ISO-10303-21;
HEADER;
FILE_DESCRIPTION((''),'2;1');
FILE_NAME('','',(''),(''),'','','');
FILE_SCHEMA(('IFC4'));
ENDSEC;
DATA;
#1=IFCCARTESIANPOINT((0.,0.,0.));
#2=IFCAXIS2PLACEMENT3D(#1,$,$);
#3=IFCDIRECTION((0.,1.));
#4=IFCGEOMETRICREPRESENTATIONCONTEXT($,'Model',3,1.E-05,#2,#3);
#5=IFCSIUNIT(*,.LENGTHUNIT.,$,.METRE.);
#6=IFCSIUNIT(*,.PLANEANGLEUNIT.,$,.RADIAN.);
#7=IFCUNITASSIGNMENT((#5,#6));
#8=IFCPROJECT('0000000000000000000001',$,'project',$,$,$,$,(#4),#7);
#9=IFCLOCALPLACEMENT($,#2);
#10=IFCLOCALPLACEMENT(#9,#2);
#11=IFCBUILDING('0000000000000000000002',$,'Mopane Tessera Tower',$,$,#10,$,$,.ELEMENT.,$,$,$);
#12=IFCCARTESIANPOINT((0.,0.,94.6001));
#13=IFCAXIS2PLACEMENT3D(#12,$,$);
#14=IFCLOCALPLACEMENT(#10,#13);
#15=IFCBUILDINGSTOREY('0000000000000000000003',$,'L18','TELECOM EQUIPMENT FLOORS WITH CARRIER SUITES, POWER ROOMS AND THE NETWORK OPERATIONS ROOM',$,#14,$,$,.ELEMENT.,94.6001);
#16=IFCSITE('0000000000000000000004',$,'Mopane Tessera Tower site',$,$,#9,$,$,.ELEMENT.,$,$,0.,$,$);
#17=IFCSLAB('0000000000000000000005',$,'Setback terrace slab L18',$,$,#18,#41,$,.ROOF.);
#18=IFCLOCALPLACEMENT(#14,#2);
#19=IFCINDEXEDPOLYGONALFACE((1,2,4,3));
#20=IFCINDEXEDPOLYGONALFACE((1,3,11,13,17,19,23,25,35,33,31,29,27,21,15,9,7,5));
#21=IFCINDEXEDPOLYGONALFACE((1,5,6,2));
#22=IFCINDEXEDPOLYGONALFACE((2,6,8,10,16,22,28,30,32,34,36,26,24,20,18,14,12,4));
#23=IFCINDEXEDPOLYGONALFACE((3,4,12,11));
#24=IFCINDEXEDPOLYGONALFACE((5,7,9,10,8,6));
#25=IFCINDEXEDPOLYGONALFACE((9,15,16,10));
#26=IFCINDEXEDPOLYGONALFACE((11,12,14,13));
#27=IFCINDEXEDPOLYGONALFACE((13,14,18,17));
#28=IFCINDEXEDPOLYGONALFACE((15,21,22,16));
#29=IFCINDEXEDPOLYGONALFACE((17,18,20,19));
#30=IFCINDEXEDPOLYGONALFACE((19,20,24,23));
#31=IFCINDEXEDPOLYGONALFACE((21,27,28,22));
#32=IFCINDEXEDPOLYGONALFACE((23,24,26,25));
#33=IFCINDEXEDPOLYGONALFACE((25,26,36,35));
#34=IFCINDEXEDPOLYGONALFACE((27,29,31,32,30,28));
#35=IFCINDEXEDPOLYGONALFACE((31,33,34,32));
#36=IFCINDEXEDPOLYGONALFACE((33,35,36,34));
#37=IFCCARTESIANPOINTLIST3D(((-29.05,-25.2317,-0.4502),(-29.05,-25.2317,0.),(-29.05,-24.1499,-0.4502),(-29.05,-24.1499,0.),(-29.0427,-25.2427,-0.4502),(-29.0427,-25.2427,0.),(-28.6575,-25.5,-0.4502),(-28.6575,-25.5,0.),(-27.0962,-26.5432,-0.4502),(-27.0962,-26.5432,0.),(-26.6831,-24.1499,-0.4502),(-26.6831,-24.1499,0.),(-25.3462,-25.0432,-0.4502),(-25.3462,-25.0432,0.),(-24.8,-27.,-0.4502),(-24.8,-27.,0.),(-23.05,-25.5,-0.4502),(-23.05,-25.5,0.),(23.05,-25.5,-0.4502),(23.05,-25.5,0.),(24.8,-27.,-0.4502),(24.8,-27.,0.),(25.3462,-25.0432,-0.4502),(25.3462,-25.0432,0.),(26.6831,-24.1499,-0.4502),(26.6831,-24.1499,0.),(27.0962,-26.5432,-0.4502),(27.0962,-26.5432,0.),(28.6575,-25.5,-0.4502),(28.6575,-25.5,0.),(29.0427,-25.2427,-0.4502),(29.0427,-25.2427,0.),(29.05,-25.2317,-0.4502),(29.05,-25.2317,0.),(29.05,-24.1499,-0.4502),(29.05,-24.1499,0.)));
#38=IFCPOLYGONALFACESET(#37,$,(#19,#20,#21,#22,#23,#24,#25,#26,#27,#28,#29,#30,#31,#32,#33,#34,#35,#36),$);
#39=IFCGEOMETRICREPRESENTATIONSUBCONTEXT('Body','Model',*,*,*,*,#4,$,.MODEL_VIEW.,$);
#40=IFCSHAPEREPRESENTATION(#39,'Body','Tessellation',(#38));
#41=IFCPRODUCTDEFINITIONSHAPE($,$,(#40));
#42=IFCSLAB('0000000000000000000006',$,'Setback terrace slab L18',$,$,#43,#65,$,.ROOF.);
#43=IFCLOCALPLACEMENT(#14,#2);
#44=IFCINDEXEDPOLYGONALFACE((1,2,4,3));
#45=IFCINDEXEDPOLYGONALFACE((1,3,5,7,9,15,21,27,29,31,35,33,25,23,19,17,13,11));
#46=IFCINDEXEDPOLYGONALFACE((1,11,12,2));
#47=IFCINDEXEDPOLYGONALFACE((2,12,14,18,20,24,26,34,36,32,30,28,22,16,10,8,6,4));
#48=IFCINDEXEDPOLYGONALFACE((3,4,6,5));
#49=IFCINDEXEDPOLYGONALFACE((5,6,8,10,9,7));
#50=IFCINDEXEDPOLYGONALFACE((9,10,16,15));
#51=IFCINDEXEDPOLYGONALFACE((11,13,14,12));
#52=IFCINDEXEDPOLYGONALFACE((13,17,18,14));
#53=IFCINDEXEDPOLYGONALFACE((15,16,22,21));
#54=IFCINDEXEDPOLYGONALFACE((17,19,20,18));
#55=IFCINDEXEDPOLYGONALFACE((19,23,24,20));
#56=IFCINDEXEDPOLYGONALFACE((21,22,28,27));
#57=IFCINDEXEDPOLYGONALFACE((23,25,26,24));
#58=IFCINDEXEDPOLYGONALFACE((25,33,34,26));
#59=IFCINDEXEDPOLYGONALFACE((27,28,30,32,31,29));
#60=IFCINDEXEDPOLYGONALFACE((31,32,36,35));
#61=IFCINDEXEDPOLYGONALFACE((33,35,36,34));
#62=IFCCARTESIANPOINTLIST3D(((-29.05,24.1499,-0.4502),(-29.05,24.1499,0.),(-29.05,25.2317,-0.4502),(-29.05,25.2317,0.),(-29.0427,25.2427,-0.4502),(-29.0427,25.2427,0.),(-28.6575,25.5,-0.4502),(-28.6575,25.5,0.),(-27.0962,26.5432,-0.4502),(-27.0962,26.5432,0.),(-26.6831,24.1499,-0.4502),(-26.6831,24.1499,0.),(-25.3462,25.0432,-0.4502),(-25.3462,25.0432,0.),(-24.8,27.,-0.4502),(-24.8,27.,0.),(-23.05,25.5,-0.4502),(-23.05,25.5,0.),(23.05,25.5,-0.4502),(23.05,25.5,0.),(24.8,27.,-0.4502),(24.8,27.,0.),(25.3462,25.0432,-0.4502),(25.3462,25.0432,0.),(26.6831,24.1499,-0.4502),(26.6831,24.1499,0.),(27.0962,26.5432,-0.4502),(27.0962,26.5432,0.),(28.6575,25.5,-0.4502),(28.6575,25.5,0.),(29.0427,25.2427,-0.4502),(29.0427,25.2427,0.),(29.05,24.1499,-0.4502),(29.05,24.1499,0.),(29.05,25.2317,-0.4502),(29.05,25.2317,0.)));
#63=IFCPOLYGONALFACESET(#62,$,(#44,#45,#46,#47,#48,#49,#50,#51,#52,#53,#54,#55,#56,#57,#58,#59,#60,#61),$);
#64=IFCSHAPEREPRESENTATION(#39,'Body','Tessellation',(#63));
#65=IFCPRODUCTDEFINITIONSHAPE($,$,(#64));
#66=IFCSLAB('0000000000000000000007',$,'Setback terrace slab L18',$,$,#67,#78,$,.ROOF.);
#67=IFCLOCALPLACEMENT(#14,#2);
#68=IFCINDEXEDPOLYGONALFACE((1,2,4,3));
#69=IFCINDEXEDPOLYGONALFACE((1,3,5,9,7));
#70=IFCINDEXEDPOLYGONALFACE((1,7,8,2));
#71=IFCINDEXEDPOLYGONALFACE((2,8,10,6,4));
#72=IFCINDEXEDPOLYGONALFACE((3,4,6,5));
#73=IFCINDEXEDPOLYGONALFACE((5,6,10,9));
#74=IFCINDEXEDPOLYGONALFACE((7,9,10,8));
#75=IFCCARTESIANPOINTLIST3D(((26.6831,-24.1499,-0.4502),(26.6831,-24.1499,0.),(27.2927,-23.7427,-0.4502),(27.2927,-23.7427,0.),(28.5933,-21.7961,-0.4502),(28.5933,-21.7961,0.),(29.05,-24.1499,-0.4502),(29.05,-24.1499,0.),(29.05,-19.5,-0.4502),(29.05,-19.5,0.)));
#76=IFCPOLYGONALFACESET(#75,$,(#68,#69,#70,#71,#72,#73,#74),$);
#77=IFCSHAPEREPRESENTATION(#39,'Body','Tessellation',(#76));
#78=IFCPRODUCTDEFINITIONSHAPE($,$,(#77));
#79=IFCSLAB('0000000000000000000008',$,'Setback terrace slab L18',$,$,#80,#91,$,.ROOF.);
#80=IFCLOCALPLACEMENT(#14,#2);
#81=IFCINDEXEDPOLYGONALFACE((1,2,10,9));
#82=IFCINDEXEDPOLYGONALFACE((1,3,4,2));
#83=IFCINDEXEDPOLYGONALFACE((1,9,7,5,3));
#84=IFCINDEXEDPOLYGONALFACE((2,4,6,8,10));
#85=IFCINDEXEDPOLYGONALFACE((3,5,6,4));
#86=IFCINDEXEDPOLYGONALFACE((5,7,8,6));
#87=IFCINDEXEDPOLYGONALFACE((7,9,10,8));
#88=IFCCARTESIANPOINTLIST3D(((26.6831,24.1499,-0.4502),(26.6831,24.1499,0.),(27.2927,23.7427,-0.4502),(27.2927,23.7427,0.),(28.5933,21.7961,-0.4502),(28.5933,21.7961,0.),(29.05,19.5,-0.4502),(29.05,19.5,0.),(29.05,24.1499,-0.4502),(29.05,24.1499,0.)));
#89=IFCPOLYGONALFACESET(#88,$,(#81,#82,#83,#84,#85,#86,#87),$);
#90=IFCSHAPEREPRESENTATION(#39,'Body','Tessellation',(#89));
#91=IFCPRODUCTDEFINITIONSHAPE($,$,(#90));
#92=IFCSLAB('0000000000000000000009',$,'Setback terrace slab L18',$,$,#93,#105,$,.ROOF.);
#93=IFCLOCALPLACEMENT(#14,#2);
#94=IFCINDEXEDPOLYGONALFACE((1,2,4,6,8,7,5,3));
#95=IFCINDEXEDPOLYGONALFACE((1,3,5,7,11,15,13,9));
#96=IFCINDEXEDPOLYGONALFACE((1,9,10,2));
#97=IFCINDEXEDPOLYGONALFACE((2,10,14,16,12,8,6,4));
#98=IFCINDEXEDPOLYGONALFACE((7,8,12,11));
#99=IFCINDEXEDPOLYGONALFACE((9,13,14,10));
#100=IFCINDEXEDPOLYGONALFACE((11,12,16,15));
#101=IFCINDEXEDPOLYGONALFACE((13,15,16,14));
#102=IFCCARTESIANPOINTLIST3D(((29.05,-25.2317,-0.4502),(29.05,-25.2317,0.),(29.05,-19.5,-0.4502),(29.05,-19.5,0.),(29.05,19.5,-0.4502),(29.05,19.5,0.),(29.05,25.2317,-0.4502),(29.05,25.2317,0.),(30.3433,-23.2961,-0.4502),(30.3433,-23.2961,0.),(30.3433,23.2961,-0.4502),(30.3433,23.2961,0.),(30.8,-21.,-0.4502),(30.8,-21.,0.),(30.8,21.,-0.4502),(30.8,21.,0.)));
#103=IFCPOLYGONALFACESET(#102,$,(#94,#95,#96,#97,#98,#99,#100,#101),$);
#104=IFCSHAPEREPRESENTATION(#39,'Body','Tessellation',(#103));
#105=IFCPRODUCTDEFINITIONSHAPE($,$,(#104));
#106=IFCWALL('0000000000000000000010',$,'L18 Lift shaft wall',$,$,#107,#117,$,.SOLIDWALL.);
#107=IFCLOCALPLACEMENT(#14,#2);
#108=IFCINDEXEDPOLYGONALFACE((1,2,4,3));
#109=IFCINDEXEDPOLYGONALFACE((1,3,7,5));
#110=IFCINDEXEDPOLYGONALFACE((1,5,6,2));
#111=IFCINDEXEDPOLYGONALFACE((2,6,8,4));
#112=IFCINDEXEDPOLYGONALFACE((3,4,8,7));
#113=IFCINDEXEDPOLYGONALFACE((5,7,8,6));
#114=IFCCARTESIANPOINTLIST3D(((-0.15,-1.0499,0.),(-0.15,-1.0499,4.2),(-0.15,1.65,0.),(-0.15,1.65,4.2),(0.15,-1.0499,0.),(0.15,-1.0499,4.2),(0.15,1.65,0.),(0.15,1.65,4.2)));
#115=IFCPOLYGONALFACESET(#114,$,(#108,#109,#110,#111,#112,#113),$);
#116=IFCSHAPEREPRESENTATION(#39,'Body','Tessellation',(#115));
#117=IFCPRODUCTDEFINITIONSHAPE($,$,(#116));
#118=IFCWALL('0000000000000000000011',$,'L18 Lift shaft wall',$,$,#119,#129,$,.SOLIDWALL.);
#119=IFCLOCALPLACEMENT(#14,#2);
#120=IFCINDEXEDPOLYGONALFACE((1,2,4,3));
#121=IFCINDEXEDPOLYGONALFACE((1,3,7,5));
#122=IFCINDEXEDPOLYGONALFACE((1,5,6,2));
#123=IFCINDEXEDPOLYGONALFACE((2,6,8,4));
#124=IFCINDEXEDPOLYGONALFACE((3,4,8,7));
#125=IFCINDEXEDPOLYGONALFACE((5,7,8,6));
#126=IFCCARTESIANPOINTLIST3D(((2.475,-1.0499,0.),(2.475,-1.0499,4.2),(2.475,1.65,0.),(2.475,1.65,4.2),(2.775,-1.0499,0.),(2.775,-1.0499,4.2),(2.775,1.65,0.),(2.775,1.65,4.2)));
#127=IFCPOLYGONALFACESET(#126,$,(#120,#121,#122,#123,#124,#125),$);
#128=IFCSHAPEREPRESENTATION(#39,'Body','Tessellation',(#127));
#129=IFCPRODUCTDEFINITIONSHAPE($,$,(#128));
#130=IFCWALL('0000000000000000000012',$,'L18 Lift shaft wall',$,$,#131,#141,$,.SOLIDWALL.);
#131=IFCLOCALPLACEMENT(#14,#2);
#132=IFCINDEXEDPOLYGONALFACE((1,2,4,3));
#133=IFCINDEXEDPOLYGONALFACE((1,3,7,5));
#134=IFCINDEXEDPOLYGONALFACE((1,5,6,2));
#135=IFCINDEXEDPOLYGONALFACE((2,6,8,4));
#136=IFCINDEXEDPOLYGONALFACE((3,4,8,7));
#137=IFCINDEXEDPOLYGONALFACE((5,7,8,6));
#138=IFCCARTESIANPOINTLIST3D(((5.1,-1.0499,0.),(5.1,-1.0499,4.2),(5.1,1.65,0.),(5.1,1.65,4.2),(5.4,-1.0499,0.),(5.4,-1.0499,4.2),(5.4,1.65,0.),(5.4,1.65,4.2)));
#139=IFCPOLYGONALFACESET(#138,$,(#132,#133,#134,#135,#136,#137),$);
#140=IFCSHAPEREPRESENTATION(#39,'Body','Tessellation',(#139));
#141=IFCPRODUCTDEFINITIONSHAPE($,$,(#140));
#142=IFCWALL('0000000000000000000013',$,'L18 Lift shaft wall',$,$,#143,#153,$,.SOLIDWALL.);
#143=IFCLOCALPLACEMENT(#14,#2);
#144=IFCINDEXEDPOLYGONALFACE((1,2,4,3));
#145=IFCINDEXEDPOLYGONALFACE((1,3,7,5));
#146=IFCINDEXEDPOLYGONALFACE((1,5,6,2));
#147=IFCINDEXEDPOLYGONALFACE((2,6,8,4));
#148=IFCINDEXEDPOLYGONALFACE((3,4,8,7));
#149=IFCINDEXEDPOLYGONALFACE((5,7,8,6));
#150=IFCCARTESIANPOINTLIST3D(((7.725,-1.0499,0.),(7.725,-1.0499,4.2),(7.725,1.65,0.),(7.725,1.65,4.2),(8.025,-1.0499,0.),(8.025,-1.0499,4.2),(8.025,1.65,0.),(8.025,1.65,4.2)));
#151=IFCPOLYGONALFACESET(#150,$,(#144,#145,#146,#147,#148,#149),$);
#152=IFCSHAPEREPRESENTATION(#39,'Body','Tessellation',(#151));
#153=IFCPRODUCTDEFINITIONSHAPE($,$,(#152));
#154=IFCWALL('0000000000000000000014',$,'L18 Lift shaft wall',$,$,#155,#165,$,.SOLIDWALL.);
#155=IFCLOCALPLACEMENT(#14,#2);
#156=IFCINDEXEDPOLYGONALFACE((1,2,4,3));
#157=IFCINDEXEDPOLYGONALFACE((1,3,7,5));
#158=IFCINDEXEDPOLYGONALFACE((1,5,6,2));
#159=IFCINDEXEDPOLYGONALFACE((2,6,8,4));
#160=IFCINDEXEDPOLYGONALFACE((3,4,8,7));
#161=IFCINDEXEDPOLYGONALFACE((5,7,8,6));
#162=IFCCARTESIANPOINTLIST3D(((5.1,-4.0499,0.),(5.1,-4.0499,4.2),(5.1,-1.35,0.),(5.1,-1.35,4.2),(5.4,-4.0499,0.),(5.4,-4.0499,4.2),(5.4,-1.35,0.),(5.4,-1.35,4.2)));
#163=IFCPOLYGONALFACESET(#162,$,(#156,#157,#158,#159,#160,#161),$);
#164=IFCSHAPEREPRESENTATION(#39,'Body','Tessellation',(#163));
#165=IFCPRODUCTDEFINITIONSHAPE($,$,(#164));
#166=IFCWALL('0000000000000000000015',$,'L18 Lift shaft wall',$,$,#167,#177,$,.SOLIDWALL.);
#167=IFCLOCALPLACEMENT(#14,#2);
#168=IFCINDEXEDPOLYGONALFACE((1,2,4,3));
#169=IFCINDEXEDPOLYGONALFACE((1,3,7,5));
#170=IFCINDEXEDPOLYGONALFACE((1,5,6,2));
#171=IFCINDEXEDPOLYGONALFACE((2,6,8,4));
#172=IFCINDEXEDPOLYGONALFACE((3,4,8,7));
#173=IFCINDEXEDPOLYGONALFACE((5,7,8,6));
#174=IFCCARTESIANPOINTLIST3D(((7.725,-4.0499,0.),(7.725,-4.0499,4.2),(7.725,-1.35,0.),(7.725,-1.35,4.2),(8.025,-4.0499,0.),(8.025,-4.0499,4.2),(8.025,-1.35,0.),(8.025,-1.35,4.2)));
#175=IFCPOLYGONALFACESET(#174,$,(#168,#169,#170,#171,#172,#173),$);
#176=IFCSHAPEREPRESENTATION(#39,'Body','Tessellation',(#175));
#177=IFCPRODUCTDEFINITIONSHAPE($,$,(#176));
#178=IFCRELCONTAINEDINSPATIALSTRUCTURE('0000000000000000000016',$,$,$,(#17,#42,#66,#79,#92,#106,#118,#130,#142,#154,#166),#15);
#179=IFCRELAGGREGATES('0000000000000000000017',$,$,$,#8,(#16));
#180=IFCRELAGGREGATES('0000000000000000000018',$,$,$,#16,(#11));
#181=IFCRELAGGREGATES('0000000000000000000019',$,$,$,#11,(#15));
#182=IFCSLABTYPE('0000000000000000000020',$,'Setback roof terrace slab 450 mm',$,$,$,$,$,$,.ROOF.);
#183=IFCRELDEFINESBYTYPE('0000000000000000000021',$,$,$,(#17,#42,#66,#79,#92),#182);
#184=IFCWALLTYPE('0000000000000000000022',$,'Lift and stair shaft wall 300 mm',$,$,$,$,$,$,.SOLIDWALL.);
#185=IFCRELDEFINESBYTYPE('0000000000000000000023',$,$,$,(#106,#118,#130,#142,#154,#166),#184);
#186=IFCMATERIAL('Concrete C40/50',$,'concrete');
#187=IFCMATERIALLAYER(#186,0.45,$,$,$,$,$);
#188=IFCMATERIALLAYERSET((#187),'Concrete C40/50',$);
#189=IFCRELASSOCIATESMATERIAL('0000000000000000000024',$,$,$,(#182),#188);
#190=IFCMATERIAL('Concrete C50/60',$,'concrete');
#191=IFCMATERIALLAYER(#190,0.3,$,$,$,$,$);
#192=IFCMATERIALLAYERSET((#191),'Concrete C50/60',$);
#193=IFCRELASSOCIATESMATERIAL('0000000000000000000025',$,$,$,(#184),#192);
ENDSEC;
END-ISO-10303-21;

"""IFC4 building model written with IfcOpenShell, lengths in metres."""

from ifc_helpers import new_model, si_unit, direction, frame, frame_2d, origin, place, context, subcontext, project, spatial, polyline, rectangle, outline, extrude, material, layer, layer_set, type_object, element, save


model = new_model("IFC4")

# Units and contexts
model_context = context("Model", 3, precision=1e-05, world=origin(), true_north=direction((0.0, 1.0)))
body_context = subcontext(model_context, "Body", "Model", "MODEL_VIEW")
ifc_project = project(units=[si_unit("LENGTHUNIT", "METRE"), si_unit("PLANEANGLEUNIT", "RADIAN")], contexts=[model_context])

# Site, building, storey
site_placement = place(None, origin())
site = spatial("IfcSite", under=ifc_project, at=site_placement, Name="Mopane Tessera Tower site", CompositionType="ELEMENT", RefElevation=0.0)
building_placement = place(site_placement, origin())
building = spatial("IfcBuilding", under=site, at=building_placement, Name="Mopane Tessera Tower", CompositionType="ELEMENT")
storey_placement = place(building_placement, frame((0.0, 0.0, 94.6001)))
storey = spatial("IfcBuildingStorey", under=building, at=storey_placement, Name="L18", Description="TELECOM EQUIPMENT FLOORS WITH CARRIER SUITES, POWER ROOMS AND THE NETWORK OPERATIONS ROOM", CompositionType="ELEMENT", Elevation=94.6001)

# Slabs
ifc_material_1 = material(Name="Concrete C40/50", Category="concrete")
ifc_layer_1 = layer(ifc_material_1, 0.45)
ifc_layer_set_1 = layer_set([ifc_layer_1], Name="Concrete C40/50")
slab_type_1 = type_object("IfcSlabType", Name="Setback roof terrace slab 450 mm", PredefinedType="ROOF", material=ifc_layer_set_1)
slab_1_placement = place(storey_placement, frame((0.0, 0.0, -0.4502)))
element("IfcSlab", 1, at=slab_1_placement, inside=storey, type_object=slab_type_1, Name="Setback terrace slab L18", PredefinedType="ROOF", context=body_context, shape_type="SweptSolid", body=[
    extrude(outline(polyline([(-23.05, -25.5), (-25.3462, -25.0432), (-26.6831, -24.1499), (-29.05, -24.1499), (-29.05, -25.2317), (-29.0427, -25.2427), (-28.6575, -25.5), (-27.0962, -26.5432), (-24.8, -27.0), (24.8, -27.0), (27.0962, -26.5432), (28.6575, -25.5), (29.0427, -25.2427), (29.05, -25.2317), (29.05, -24.1499), (26.6831, -24.1499), (25.3462, -25.0432), (23.05, -25.5), (-23.05, -25.5)])), origin(), (0.0, 0.0, 1.0), 0.4502),
])
slab_2_placement = place(storey_placement, frame((0.0, 0.0, -0.4502)))
element("IfcSlab", 2, at=slab_2_placement, inside=storey, type_object=slab_type_1, Name="Setback terrace slab L18", PredefinedType="ROOF", context=body_context, shape_type="SweptSolid", body=[
    extrude(outline(polyline([(23.05, 25.5), (25.3462, 25.0432), (26.6831, 24.1499), (29.05, 24.1499), (29.05, 25.2317), (29.0427, 25.2427), (28.6575, 25.5), (27.0962, 26.5432), (24.8, 27.0), (-24.8, 27.0), (-27.0962, 26.5432), (-28.6575, 25.5), (-29.0427, 25.2427), (-29.05, 25.2317), (-29.05, 24.1499), (-26.6831, 24.1499), (-25.3462, 25.0432), (-23.05, 25.5), (23.05, 25.5)])), origin(), (0.0, 0.0, 1.0), 0.4502),
])
slab_3_placement = place(storey_placement, frame((0.0, 0.0, -0.4502)))
element("IfcSlab", 3, at=slab_3_placement, inside=storey, type_object=slab_type_1, Name="Setback terrace slab L18", PredefinedType="ROOF", context=body_context, shape_type="SweptSolid", body=[
    extrude(outline(polyline([(26.6831, -24.1499), (29.05, -24.1499), (29.05, -19.5), (28.5933, -21.7961), (27.2927, -23.7427), (26.6831, -24.1499)])), origin(), (0.0, 0.0, 1.0), 0.4502),
])
slab_4_placement = place(storey_placement, frame((0.0, 0.0, -0.4502)))
element("IfcSlab", 4, at=slab_4_placement, inside=storey, type_object=slab_type_1, Name="Setback terrace slab L18", PredefinedType="ROOF", context=body_context, shape_type="SweptSolid", body=[
    extrude(outline(polyline([(29.05, 19.5), (29.05, 24.1499), (26.6831, 24.1499), (27.2927, 23.7427), (28.5933, 21.7961), (29.05, 19.5)])), origin(), (0.0, 0.0, 1.0), 0.4502),
])
slab_5_placement = place(storey_placement, frame((0.0, 0.0, -0.4502)))
element("IfcSlab", 5, at=slab_5_placement, inside=storey, type_object=slab_type_1, Name="Setback terrace slab L18", PredefinedType="ROOF", context=body_context, shape_type="SweptSolid", body=[
    extrude(outline(polyline([(29.05, 25.2317), (29.05, 19.5), (29.05, -19.5), (29.05, -25.2317), (30.3433, -23.2961), (30.8, -21.0), (30.8, 21.0), (30.3433, 23.2961), (29.05, 25.2317)])), origin(), (0.0, 0.0, 1.0), 0.4502),
])

# Walls
ifc_material_2 = material(Name="Concrete C50/60", Category="concrete")
ifc_layer_2 = layer(ifc_material_2, 0.3)
ifc_layer_set_2 = layer_set([ifc_layer_2], Name="Concrete C50/60")
wall_type = type_object("IfcWallType", Name="Lift and stair shaft wall 300 mm", PredefinedType="SOLIDWALL", material=ifc_layer_set_2)
for number, where, z_axis, x_axis, name in (
    (6, (0.0, -1.05, 0.0), (0.0, 0.0, 1.0), (0.0, 1.0, 0.0), "L18 Lift shaft wall"),
    (7, (2.625, -1.05, 0.0), (0.0, 0.0, 1.0), (0.0, 1.0, 0.0), "L18 Lift shaft wall"),
    (8, (5.25, -1.05, 0.0), (0.0, 0.0, 1.0), (0.0, 1.0, 0.0), "L18 Lift shaft wall"),
    (9, (7.875, -1.05, 0.0), (0.0, 0.0, 1.0), (0.0, 1.0, 0.0), "L18 Lift shaft wall"),
    (10, (5.25, -4.05, 0.0), (0.0, 0.0, 1.0), (0.0, 1.0, 0.0), "L18 Lift shaft wall"),
    (11, (7.875, -4.05, 0.0), (0.0, 0.0, 1.0), (0.0, 1.0, 0.0), "L18 Lift shaft wall"),
):
    element("IfcWall", number, at=place(storey_placement, frame(where, z_axis=z_axis, x_axis=x_axis)), inside=storey, type_object=wall_type, Name=name, PredefinedType="SOLIDWALL", context=body_context, shape_type="SweptSolid", body=[
        extrude(rectangle(XDim=2.7, YDim=0.3, at=frame_2d((1.3501, 0.0))), origin(), (0.0, 0.0, 1.0), 4.2),
    ])

save(model, "model.ifc")
